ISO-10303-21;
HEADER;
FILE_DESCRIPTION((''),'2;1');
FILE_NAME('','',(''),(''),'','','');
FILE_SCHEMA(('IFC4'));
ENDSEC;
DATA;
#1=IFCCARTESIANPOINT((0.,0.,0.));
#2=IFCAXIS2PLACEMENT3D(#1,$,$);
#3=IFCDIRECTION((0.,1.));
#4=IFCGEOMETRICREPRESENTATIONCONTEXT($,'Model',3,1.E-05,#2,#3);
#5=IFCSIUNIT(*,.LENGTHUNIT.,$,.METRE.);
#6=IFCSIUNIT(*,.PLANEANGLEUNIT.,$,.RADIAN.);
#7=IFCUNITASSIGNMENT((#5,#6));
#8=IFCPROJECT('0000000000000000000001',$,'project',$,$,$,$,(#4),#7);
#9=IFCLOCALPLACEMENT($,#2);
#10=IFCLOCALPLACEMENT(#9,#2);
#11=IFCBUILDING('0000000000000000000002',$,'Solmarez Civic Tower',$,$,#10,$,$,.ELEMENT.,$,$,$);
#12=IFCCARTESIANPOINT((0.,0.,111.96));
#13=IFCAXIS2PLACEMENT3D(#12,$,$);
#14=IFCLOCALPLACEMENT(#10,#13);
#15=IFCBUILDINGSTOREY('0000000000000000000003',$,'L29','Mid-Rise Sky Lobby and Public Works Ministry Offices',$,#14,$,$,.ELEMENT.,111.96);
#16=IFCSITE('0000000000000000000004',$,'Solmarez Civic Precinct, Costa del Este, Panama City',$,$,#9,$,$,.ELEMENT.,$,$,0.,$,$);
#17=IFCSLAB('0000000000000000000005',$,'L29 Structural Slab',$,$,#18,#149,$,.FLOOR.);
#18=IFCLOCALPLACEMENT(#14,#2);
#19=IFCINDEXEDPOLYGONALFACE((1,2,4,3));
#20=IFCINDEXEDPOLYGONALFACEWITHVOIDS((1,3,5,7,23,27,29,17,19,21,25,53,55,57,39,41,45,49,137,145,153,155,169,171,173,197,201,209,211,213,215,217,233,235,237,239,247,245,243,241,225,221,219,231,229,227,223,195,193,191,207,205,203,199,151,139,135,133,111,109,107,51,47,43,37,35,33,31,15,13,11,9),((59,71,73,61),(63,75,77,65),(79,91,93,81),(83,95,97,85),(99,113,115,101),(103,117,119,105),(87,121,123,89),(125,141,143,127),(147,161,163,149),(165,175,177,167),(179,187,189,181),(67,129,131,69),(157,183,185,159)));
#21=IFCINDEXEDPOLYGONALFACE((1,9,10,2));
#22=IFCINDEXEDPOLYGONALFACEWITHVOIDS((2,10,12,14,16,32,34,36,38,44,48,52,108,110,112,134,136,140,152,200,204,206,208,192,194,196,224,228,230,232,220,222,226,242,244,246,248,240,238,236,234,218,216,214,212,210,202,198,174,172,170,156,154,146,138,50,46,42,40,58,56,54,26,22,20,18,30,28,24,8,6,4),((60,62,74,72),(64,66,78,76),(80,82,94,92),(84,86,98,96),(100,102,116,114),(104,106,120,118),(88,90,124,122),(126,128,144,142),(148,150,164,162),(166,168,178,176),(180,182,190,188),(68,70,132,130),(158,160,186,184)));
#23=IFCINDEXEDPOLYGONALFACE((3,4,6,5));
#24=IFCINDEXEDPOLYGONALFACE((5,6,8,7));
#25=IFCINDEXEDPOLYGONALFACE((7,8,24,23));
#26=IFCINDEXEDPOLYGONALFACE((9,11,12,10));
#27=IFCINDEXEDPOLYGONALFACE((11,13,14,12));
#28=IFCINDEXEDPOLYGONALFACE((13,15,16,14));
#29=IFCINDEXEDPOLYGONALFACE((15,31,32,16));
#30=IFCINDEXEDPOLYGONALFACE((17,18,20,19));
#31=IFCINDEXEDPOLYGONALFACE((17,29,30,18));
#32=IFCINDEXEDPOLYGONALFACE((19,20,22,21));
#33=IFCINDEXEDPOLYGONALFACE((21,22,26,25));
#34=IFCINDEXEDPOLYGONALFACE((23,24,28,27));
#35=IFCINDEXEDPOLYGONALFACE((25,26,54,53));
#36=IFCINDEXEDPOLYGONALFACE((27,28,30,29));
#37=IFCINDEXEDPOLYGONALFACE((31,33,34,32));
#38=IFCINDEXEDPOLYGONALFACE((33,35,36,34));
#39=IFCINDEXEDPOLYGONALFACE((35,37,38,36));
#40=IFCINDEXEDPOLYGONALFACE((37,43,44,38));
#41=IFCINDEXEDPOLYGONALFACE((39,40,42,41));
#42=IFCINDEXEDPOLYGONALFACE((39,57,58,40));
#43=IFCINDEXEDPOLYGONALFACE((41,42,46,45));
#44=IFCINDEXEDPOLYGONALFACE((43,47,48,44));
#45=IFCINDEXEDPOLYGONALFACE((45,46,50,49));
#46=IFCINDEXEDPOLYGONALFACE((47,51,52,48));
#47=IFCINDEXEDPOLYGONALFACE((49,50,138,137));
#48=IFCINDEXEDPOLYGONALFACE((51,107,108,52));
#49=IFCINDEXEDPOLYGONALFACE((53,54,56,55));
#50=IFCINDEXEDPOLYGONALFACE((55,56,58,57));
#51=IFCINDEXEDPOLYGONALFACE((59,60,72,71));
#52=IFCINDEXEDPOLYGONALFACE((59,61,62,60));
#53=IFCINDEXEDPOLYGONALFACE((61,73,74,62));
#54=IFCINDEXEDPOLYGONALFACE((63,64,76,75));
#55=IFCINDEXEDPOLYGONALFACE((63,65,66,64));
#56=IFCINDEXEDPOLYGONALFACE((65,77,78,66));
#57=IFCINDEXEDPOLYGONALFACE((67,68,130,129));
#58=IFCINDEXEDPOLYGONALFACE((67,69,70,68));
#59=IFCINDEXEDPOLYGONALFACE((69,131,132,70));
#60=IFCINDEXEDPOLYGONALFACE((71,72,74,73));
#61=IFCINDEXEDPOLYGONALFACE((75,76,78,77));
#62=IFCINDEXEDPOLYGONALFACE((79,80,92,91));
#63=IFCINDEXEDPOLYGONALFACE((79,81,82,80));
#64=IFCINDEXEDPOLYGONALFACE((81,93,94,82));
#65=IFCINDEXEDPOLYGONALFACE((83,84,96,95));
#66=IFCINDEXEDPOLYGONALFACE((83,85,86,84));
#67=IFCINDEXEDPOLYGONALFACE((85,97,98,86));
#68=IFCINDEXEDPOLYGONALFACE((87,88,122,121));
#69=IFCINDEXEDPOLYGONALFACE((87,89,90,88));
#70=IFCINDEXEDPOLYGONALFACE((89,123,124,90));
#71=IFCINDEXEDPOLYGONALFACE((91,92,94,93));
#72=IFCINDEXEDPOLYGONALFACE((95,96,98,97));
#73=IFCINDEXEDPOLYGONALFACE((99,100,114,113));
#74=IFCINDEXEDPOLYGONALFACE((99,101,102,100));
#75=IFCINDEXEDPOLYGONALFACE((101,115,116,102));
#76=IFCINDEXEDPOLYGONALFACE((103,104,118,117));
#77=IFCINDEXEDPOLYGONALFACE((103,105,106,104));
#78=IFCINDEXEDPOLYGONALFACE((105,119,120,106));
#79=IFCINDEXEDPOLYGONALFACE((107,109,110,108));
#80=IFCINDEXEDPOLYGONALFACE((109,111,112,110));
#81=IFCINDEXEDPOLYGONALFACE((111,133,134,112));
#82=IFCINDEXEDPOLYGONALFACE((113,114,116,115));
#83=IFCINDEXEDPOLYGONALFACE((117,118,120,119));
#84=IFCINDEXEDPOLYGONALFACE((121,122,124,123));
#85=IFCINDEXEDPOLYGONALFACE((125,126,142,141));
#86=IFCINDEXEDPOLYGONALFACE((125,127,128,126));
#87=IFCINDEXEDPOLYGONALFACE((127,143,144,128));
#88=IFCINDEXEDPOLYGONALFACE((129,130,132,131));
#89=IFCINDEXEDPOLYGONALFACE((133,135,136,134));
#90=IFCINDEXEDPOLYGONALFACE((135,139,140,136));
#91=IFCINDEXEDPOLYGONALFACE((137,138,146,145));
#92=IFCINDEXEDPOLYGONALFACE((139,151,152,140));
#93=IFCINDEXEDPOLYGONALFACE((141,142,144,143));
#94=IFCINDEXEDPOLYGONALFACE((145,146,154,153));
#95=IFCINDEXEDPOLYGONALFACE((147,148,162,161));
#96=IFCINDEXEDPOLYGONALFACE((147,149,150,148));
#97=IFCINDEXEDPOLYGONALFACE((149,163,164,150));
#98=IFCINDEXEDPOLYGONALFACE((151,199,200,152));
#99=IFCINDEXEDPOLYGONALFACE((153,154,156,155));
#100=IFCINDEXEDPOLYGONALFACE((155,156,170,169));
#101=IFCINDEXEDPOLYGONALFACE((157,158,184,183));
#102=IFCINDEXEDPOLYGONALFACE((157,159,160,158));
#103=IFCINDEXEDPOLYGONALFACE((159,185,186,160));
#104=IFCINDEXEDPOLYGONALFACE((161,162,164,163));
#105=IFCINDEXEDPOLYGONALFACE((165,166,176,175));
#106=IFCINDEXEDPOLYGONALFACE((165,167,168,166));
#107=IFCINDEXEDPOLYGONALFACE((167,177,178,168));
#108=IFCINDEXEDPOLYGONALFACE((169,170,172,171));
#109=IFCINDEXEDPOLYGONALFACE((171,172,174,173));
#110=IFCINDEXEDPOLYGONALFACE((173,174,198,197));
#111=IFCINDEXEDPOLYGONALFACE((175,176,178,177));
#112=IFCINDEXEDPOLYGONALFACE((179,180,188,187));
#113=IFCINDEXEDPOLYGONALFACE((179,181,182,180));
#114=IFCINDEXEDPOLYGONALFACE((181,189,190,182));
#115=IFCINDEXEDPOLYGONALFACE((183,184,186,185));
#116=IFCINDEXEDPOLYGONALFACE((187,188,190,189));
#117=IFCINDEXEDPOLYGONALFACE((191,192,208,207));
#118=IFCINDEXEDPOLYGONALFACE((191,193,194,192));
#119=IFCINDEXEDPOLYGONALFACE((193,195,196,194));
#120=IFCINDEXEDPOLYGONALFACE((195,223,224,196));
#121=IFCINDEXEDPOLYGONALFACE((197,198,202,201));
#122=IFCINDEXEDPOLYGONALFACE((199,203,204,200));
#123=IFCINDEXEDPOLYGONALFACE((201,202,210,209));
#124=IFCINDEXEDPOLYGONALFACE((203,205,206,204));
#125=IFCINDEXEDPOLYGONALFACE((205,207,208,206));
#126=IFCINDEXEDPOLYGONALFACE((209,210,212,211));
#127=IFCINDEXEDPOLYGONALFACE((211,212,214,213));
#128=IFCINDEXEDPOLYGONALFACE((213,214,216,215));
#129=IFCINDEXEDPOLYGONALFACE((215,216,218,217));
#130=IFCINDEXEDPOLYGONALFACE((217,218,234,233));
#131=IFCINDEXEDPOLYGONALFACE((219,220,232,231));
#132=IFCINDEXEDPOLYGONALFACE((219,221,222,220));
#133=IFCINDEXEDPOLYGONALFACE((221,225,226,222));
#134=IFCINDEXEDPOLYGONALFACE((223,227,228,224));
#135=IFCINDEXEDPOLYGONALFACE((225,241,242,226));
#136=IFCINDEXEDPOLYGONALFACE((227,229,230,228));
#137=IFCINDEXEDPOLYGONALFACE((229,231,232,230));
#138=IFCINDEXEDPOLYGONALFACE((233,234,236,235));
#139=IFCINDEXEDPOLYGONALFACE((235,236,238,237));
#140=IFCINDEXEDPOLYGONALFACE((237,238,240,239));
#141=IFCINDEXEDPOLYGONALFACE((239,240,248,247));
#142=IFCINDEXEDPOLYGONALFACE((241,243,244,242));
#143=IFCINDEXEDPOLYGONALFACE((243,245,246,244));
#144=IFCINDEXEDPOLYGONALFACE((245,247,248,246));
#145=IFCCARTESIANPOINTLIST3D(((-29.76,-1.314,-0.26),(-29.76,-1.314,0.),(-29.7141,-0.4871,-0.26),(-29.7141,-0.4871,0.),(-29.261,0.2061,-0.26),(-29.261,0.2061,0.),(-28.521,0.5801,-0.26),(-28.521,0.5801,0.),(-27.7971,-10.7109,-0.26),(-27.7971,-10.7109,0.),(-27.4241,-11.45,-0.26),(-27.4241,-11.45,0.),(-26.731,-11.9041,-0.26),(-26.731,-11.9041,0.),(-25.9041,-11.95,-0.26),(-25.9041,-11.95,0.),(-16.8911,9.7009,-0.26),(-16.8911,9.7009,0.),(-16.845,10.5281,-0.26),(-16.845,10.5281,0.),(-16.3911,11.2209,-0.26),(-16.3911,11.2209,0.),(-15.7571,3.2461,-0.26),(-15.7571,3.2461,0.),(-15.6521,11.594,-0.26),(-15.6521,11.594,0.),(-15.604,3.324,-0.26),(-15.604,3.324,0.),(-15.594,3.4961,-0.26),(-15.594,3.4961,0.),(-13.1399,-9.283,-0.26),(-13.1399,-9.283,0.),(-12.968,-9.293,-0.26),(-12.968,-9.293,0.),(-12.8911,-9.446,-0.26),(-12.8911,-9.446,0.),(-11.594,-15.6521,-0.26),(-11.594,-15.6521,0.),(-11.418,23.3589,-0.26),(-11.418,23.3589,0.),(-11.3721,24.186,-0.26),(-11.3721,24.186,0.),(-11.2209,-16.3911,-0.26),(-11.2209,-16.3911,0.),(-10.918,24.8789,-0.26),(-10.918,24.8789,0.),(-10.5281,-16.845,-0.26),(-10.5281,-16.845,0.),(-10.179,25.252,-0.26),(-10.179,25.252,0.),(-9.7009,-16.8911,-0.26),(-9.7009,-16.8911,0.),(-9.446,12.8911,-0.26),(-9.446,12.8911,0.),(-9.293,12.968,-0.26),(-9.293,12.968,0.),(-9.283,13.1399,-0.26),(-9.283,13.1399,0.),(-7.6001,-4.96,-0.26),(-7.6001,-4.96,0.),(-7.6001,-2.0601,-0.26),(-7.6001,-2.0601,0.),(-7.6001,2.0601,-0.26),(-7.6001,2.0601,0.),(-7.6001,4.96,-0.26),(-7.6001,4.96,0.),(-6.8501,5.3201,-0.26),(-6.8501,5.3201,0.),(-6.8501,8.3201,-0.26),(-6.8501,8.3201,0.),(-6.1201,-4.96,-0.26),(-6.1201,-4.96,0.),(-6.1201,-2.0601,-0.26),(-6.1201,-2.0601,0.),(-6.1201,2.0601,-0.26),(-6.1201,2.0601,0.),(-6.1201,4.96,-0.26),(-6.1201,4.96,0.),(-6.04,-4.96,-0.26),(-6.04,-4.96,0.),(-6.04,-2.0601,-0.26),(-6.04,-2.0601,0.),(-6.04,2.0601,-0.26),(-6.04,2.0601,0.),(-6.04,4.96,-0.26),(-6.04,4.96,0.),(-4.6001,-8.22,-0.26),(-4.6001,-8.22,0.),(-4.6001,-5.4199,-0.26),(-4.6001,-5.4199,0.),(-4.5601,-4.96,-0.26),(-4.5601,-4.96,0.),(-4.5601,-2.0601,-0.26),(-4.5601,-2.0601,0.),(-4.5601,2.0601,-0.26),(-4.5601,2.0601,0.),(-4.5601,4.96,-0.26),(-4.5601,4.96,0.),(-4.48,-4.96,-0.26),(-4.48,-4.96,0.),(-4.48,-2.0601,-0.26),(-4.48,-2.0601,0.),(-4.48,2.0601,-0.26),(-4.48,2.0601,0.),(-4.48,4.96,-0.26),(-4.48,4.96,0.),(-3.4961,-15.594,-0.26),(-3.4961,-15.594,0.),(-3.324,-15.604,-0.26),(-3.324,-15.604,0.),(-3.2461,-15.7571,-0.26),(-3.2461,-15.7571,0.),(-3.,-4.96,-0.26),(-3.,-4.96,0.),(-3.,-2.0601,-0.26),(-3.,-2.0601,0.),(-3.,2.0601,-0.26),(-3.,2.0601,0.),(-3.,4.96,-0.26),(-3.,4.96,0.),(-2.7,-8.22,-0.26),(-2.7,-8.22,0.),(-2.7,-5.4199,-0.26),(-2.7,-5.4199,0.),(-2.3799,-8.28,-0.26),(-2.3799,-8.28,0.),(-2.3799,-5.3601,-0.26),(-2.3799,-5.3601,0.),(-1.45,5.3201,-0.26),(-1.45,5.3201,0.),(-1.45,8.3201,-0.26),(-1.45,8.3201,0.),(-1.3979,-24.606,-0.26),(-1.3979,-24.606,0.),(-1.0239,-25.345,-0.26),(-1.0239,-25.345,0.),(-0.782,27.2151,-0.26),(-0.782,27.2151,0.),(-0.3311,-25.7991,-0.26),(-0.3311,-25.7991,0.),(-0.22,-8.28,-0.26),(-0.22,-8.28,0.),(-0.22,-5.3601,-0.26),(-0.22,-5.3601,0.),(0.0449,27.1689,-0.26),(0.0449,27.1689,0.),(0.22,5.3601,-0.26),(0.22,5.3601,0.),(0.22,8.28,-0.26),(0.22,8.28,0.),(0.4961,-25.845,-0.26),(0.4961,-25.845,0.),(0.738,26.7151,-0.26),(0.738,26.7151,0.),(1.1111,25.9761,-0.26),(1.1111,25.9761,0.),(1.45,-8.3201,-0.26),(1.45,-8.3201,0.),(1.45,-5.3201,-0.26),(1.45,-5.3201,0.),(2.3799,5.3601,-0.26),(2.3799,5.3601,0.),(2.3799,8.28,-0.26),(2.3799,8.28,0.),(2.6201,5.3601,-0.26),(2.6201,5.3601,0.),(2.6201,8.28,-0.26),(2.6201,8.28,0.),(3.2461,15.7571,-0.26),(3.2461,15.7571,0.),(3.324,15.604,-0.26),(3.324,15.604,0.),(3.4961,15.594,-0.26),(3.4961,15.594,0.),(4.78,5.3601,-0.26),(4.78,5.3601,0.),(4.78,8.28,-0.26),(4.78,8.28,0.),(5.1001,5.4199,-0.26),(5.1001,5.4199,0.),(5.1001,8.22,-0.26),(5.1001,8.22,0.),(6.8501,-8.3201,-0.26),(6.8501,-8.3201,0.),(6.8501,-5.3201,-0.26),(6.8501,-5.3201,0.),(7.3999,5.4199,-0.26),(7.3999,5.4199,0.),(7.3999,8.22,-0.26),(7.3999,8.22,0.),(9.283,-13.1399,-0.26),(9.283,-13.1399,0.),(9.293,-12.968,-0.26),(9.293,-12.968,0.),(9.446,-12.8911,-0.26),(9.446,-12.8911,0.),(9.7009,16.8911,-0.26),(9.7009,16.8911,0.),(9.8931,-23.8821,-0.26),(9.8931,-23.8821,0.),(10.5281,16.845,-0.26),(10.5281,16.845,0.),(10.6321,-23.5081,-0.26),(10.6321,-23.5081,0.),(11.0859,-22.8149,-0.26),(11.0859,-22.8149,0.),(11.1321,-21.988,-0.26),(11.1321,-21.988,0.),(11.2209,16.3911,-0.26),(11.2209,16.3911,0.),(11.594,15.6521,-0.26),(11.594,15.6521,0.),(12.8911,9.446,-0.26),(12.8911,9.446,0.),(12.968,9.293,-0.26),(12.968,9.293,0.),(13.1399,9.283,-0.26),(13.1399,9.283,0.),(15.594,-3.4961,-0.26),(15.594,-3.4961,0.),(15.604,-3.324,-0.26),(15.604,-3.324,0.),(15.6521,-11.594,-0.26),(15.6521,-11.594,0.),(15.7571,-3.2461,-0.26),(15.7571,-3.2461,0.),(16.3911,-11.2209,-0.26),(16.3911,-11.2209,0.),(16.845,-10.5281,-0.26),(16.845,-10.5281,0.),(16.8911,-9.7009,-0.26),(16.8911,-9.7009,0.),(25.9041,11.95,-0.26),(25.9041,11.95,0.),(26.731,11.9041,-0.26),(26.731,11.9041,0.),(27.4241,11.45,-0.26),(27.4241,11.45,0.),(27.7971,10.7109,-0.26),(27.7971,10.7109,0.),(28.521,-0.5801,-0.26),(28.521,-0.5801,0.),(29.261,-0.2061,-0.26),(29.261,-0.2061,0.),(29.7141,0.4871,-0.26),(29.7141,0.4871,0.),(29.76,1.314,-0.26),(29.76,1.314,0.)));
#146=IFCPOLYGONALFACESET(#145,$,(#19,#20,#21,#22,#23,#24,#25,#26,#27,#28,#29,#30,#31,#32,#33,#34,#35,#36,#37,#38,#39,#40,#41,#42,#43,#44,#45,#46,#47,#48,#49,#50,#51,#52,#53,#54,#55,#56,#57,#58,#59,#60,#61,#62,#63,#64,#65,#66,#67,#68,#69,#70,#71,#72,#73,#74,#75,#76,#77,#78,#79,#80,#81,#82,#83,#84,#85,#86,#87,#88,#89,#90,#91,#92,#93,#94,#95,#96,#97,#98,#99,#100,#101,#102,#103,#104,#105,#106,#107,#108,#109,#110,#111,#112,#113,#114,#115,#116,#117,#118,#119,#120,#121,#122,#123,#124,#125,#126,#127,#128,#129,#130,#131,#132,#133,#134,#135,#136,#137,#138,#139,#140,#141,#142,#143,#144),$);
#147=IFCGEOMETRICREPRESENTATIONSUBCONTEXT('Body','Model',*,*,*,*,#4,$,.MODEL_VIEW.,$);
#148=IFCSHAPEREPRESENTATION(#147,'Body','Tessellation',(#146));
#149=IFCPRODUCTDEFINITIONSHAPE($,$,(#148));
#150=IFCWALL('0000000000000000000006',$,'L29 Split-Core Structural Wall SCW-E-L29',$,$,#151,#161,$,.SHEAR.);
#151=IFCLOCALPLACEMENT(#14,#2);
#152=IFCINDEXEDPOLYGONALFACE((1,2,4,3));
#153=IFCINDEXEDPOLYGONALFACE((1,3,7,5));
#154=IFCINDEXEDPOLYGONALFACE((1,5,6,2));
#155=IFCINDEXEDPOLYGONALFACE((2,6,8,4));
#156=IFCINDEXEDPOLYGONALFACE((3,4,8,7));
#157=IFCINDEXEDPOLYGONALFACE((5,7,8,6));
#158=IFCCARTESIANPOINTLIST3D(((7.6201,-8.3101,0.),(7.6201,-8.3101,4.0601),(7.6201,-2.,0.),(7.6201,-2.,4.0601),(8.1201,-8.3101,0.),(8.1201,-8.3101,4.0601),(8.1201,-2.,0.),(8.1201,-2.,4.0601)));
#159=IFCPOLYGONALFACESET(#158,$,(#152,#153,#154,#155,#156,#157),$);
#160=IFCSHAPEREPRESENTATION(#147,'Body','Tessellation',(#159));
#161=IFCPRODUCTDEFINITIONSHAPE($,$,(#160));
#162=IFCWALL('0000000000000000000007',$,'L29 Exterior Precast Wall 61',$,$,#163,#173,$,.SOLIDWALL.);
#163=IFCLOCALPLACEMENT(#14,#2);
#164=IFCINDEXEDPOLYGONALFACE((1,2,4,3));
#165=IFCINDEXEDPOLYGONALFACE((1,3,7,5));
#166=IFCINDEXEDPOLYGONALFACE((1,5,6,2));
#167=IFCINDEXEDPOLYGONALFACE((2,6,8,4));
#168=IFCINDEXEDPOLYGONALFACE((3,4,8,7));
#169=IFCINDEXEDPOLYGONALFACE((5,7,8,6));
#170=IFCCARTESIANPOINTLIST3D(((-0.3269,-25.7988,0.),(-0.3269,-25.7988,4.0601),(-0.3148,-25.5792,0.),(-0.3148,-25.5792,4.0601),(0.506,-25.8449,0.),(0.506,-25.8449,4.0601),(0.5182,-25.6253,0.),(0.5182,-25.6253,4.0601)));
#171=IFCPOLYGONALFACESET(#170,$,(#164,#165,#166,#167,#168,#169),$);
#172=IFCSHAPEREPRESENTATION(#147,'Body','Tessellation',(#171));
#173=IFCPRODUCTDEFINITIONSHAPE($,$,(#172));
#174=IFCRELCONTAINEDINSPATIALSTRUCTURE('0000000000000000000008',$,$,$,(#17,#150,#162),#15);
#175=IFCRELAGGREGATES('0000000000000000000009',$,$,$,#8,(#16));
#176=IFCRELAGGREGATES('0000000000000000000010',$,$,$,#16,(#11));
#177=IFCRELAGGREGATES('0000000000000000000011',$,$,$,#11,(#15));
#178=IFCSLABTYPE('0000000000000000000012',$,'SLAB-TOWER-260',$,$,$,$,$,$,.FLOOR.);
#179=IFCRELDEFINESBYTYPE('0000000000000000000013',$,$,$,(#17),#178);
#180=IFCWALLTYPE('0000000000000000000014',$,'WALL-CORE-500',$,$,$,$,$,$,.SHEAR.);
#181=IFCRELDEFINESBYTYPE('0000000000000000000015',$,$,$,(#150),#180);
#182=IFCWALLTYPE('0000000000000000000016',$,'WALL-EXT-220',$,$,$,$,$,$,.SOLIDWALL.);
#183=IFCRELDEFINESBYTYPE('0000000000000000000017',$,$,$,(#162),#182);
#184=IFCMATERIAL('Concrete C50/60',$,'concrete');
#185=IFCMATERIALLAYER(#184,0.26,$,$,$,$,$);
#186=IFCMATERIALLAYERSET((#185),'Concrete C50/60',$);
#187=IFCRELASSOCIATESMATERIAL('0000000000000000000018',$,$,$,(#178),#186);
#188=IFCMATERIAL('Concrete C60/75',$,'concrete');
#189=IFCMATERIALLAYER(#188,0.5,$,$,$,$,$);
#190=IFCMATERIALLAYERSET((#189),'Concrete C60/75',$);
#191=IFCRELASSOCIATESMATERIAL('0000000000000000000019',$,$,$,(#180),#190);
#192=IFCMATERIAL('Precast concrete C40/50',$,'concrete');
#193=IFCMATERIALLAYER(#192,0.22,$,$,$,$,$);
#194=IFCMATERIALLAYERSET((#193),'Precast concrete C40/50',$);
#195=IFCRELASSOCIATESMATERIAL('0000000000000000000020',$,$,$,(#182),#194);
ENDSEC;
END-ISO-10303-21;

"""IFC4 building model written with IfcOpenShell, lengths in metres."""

from ifc_helpers import new_model, si_unit, direction, frame, frame_2d, origin, place, context, subcontext, project, spatial, polyline, rectangle, outline, extrude, material, layer, layer_set, type_object, element, save


model = new_model("IFC4")

# Units and contexts
model_context = context("Model", 3, precision=1e-05, world=origin(), true_north=direction((0.0, 1.0)))
body_context = subcontext(model_context, "Body", "Model", "MODEL_VIEW")
ifc_project = project(units=[si_unit("LENGTHUNIT", "METRE"), si_unit("PLANEANGLEUNIT", "RADIAN")], contexts=[model_context])

# Site, building, storey
site_placement = place(None, origin())
site = spatial("IfcSite", under=ifc_project, at=site_placement, Name="Solmarez Civic Precinct, Costa del Este, Panama City", CompositionType="ELEMENT", RefElevation=0.0)
building_placement = place(site_placement, origin())
building = spatial("IfcBuilding", under=site, at=building_placement, Name="Solmarez Civic Tower", CompositionType="ELEMENT")
storey_placement = place(building_placement, frame((0.0, 0.0, 111.96)))
storey = spatial("IfcBuildingStorey", under=building, at=storey_placement, Name="L29", Description="Mid-Rise Sky Lobby and Public Works Ministry Offices", CompositionType="ELEMENT", Elevation=111.96)

# Shared definitions
ifc_material_1 = material(Name="Concrete C50/60", Category="concrete")

# Slab
ifc_layer_1 = layer(ifc_material_1, 0.26)
ifc_layer_set_1 = layer_set([ifc_layer_1], Name="Concrete C50/60")
slab_type_1 = type_object("IfcSlabType", Name="SLAB-TOWER-260", PredefinedType="FLOOR", material=ifc_layer_set_1)
slab_1_placement = place(storey_placement, frame((0.0, 0.0, -0.26)))
element("IfcSlab", 1, at=slab_1_placement, inside=storey, type_object=slab_type_1, Name="L29 Structural Slab", PredefinedType="FLOOR", context=body_context, shape_type="SweptSolid", body=[
    extrude(outline(polyline([(-12.8911, -9.446), (-11.594, -15.6521), (-11.2209, -16.3911), (-10.5281, -16.845), (-9.7009, -16.8911), (-3.4961, -15.594), (-3.324, -15.604), (-3.2461, -15.7571), (-1.3979, -24.606), (-1.0239, -25.345), (-0.3311, -25.7991), (0.4961, -25.845), (9.8931, -23.8821), (10.6321, -23.5081), (11.0859, -22.8149), (11.1321, -21.988), (9.283, -13.1399), (9.293, -12.968), (9.446, -12.8911), (15.6521, -11.594), (16.3911, -11.2209), (16.845, -10.5281), (16.8911, -9.7009), (15.594, -3.4961), (15.604, -3.324), (15.7571, -3.2461), (28.521, -0.5801), (29.261, -0.2061), (29.7141, 0.4871), (29.76, 1.314), (27.7971, 10.7109), (27.4241, 11.45), (26.731, 11.9041), (25.9041, 11.95), (13.1399, 9.283), (12.968, 9.293), (12.8911, 9.446), (11.594, 15.6521), (11.2209, 16.3911), (10.5281, 16.845), (9.7009, 16.8911), (3.4961, 15.594), (3.324, 15.604), (3.2461, 15.7571), (1.1111, 25.9761), (0.738, 26.7151), (0.0449, 27.1689), (-0.782, 27.2151), (-10.179, 25.252), (-10.918, 24.8789), (-11.3721, 24.186), (-11.418, 23.3589), (-9.283, 13.1399), (-9.293, 12.968), (-9.446, 12.8911), (-15.6521, 11.594), (-16.3911, 11.2209), (-16.845, 10.5281), (-16.8911, 9.7009), (-15.594, 3.4961), (-15.604, 3.324), (-15.7571, 3.2461), (-28.521, 0.5801), (-29.261, 0.2061), (-29.7141, -0.4871), (-29.76, -1.314), (-27.7971, -10.7109), (-27.4241, -11.45), (-26.731, -11.9041), (-25.9041, -11.95), (-13.1399, -9.283), (-12.968, -9.293), (-12.8911, -9.446)]), holes=[polyline([(-1.45, 8.3201), (-6.8501, 8.3201), (-6.8501, 5.3201), (-1.45, 5.3201), (-1.45, 8.3201)]), polyline([(1.45, -8.3201), (6.8501, -8.3201), (6.8501, -5.3201), (1.45, -5.3201), (1.45, -8.3201)]), polyline([(0.22, 5.3601), (2.3799, 5.3601), (2.3799, 8.28), (0.22, 8.28), (0.22, 5.3601)]), polyline([(2.6201, 5.3601), (4.78, 5.3601), (4.78, 8.28), (2.6201, 8.28), (2.6201, 5.3601)]), polyline([(-2.3799, -8.28), (-0.22, -8.28), (-0.22, -5.3601), (-2.3799, -5.3601), (-2.3799, -8.28)]), polyline([(-7.6001, -4.96), (-6.1201, -4.96), (-6.1201, -2.0601), (-7.6001, -2.0601), (-7.6001, -4.96)]), polyline([(-6.04, -4.96), (-4.5601, -4.96), (-4.5601, -2.0601), (-6.04, -2.0601), (-6.04, -4.96)]), polyline([(-4.48, -4.96), (-3.0, -4.96), (-3.0, -2.0601), (-4.48, -2.0601), (-4.48, -4.96)]), polyline([(-7.6001, 2.0601), (-6.1201, 2.0601), (-6.1201, 4.96), (-7.6001, 4.96), (-7.6001, 2.0601)]), polyline([(-6.04, 2.0601), (-4.5601, 2.0601), (-4.5601, 4.96), (-6.04, 4.96), (-6.04, 2.0601)]), polyline([(-4.48, 2.0601), (-3.0, 2.0601), (-3.0, 4.96), (-4.48, 4.96), (-4.48, 2.0601)]), polyline([(5.1001, 5.4199), (7.3999, 5.4199), (7.3999, 8.22), (5.1001, 8.22), (5.1001, 5.4199)]), polyline([(-4.6001, -8.22), (-2.7, -8.22), (-2.7, -5.4199), (-4.6001, -5.4199), (-4.6001, -8.22)])]), origin(), (0.0, 0.0, 1.0), 0.26),
])

# Walls
ifc_material_2 = material(Name="Concrete C60/75", Category="concrete")
ifc_layer_2 = layer(ifc_material_2, 0.5)
ifc_layer_set_2 = layer_set([ifc_layer_2], Name="Concrete C60/75")
wall_type_1 = type_object("IfcWallType", Name="WALL-CORE-500", PredefinedType="SHEAR", material=ifc_layer_set_2)
wall_1_placement = place(storey_placement, frame((7.8701, -2.0, 0.0), z_axis=(0.0, 0.0, 1.0), x_axis=(0.0, -1.0, 0.0)))
element("IfcWall", 2, at=wall_1_placement, inside=storey, type_object=wall_type_1, Name="L29 Split-Core Structural Wall SCW-E-L29", PredefinedType="SHEAR", context=body_context, shape_type="SweptSolid", body=[
    extrude(rectangle(XDim=6.3101, YDim=0.5, at=frame_2d((3.155, 0.0))), origin(), (0.0, 0.0, 1.0), 4.0601),
])
ifc_material_3 = material(Name="Precast concrete C40/50", Category="concrete")
ifc_layer_3 = layer(ifc_material_3, 0.22)
ifc_layer_set_3 = layer_set([ifc_layer_3], Name="Precast concrete C40/50")
wall_type_2 = type_object("IfcWallType", Name="WALL-EXT-220", PredefinedType="SOLIDWALL", material=ifc_layer_set_3)
wall_2_placement = place(storey_placement, frame((0.512, -25.7351, 0.0), z_axis=(0.0, 0.0, 1.0), x_axis=(-0.998469, 0.055308, 0.0)))
element("IfcWall", 3, at=wall_2_placement, inside=storey, type_object=wall_type_2, Name="L29 Exterior Precast Wall 61", PredefinedType="SOLIDWALL", context=body_context, shape_type="SweptSolid", body=[
    extrude(rectangle(XDim=0.8342, YDim=0.22, at=frame_2d((0.417, 0.0))), origin(), (0.0, 0.0, 1.0), 4.0601),
])

save(model, "model.ifc")
